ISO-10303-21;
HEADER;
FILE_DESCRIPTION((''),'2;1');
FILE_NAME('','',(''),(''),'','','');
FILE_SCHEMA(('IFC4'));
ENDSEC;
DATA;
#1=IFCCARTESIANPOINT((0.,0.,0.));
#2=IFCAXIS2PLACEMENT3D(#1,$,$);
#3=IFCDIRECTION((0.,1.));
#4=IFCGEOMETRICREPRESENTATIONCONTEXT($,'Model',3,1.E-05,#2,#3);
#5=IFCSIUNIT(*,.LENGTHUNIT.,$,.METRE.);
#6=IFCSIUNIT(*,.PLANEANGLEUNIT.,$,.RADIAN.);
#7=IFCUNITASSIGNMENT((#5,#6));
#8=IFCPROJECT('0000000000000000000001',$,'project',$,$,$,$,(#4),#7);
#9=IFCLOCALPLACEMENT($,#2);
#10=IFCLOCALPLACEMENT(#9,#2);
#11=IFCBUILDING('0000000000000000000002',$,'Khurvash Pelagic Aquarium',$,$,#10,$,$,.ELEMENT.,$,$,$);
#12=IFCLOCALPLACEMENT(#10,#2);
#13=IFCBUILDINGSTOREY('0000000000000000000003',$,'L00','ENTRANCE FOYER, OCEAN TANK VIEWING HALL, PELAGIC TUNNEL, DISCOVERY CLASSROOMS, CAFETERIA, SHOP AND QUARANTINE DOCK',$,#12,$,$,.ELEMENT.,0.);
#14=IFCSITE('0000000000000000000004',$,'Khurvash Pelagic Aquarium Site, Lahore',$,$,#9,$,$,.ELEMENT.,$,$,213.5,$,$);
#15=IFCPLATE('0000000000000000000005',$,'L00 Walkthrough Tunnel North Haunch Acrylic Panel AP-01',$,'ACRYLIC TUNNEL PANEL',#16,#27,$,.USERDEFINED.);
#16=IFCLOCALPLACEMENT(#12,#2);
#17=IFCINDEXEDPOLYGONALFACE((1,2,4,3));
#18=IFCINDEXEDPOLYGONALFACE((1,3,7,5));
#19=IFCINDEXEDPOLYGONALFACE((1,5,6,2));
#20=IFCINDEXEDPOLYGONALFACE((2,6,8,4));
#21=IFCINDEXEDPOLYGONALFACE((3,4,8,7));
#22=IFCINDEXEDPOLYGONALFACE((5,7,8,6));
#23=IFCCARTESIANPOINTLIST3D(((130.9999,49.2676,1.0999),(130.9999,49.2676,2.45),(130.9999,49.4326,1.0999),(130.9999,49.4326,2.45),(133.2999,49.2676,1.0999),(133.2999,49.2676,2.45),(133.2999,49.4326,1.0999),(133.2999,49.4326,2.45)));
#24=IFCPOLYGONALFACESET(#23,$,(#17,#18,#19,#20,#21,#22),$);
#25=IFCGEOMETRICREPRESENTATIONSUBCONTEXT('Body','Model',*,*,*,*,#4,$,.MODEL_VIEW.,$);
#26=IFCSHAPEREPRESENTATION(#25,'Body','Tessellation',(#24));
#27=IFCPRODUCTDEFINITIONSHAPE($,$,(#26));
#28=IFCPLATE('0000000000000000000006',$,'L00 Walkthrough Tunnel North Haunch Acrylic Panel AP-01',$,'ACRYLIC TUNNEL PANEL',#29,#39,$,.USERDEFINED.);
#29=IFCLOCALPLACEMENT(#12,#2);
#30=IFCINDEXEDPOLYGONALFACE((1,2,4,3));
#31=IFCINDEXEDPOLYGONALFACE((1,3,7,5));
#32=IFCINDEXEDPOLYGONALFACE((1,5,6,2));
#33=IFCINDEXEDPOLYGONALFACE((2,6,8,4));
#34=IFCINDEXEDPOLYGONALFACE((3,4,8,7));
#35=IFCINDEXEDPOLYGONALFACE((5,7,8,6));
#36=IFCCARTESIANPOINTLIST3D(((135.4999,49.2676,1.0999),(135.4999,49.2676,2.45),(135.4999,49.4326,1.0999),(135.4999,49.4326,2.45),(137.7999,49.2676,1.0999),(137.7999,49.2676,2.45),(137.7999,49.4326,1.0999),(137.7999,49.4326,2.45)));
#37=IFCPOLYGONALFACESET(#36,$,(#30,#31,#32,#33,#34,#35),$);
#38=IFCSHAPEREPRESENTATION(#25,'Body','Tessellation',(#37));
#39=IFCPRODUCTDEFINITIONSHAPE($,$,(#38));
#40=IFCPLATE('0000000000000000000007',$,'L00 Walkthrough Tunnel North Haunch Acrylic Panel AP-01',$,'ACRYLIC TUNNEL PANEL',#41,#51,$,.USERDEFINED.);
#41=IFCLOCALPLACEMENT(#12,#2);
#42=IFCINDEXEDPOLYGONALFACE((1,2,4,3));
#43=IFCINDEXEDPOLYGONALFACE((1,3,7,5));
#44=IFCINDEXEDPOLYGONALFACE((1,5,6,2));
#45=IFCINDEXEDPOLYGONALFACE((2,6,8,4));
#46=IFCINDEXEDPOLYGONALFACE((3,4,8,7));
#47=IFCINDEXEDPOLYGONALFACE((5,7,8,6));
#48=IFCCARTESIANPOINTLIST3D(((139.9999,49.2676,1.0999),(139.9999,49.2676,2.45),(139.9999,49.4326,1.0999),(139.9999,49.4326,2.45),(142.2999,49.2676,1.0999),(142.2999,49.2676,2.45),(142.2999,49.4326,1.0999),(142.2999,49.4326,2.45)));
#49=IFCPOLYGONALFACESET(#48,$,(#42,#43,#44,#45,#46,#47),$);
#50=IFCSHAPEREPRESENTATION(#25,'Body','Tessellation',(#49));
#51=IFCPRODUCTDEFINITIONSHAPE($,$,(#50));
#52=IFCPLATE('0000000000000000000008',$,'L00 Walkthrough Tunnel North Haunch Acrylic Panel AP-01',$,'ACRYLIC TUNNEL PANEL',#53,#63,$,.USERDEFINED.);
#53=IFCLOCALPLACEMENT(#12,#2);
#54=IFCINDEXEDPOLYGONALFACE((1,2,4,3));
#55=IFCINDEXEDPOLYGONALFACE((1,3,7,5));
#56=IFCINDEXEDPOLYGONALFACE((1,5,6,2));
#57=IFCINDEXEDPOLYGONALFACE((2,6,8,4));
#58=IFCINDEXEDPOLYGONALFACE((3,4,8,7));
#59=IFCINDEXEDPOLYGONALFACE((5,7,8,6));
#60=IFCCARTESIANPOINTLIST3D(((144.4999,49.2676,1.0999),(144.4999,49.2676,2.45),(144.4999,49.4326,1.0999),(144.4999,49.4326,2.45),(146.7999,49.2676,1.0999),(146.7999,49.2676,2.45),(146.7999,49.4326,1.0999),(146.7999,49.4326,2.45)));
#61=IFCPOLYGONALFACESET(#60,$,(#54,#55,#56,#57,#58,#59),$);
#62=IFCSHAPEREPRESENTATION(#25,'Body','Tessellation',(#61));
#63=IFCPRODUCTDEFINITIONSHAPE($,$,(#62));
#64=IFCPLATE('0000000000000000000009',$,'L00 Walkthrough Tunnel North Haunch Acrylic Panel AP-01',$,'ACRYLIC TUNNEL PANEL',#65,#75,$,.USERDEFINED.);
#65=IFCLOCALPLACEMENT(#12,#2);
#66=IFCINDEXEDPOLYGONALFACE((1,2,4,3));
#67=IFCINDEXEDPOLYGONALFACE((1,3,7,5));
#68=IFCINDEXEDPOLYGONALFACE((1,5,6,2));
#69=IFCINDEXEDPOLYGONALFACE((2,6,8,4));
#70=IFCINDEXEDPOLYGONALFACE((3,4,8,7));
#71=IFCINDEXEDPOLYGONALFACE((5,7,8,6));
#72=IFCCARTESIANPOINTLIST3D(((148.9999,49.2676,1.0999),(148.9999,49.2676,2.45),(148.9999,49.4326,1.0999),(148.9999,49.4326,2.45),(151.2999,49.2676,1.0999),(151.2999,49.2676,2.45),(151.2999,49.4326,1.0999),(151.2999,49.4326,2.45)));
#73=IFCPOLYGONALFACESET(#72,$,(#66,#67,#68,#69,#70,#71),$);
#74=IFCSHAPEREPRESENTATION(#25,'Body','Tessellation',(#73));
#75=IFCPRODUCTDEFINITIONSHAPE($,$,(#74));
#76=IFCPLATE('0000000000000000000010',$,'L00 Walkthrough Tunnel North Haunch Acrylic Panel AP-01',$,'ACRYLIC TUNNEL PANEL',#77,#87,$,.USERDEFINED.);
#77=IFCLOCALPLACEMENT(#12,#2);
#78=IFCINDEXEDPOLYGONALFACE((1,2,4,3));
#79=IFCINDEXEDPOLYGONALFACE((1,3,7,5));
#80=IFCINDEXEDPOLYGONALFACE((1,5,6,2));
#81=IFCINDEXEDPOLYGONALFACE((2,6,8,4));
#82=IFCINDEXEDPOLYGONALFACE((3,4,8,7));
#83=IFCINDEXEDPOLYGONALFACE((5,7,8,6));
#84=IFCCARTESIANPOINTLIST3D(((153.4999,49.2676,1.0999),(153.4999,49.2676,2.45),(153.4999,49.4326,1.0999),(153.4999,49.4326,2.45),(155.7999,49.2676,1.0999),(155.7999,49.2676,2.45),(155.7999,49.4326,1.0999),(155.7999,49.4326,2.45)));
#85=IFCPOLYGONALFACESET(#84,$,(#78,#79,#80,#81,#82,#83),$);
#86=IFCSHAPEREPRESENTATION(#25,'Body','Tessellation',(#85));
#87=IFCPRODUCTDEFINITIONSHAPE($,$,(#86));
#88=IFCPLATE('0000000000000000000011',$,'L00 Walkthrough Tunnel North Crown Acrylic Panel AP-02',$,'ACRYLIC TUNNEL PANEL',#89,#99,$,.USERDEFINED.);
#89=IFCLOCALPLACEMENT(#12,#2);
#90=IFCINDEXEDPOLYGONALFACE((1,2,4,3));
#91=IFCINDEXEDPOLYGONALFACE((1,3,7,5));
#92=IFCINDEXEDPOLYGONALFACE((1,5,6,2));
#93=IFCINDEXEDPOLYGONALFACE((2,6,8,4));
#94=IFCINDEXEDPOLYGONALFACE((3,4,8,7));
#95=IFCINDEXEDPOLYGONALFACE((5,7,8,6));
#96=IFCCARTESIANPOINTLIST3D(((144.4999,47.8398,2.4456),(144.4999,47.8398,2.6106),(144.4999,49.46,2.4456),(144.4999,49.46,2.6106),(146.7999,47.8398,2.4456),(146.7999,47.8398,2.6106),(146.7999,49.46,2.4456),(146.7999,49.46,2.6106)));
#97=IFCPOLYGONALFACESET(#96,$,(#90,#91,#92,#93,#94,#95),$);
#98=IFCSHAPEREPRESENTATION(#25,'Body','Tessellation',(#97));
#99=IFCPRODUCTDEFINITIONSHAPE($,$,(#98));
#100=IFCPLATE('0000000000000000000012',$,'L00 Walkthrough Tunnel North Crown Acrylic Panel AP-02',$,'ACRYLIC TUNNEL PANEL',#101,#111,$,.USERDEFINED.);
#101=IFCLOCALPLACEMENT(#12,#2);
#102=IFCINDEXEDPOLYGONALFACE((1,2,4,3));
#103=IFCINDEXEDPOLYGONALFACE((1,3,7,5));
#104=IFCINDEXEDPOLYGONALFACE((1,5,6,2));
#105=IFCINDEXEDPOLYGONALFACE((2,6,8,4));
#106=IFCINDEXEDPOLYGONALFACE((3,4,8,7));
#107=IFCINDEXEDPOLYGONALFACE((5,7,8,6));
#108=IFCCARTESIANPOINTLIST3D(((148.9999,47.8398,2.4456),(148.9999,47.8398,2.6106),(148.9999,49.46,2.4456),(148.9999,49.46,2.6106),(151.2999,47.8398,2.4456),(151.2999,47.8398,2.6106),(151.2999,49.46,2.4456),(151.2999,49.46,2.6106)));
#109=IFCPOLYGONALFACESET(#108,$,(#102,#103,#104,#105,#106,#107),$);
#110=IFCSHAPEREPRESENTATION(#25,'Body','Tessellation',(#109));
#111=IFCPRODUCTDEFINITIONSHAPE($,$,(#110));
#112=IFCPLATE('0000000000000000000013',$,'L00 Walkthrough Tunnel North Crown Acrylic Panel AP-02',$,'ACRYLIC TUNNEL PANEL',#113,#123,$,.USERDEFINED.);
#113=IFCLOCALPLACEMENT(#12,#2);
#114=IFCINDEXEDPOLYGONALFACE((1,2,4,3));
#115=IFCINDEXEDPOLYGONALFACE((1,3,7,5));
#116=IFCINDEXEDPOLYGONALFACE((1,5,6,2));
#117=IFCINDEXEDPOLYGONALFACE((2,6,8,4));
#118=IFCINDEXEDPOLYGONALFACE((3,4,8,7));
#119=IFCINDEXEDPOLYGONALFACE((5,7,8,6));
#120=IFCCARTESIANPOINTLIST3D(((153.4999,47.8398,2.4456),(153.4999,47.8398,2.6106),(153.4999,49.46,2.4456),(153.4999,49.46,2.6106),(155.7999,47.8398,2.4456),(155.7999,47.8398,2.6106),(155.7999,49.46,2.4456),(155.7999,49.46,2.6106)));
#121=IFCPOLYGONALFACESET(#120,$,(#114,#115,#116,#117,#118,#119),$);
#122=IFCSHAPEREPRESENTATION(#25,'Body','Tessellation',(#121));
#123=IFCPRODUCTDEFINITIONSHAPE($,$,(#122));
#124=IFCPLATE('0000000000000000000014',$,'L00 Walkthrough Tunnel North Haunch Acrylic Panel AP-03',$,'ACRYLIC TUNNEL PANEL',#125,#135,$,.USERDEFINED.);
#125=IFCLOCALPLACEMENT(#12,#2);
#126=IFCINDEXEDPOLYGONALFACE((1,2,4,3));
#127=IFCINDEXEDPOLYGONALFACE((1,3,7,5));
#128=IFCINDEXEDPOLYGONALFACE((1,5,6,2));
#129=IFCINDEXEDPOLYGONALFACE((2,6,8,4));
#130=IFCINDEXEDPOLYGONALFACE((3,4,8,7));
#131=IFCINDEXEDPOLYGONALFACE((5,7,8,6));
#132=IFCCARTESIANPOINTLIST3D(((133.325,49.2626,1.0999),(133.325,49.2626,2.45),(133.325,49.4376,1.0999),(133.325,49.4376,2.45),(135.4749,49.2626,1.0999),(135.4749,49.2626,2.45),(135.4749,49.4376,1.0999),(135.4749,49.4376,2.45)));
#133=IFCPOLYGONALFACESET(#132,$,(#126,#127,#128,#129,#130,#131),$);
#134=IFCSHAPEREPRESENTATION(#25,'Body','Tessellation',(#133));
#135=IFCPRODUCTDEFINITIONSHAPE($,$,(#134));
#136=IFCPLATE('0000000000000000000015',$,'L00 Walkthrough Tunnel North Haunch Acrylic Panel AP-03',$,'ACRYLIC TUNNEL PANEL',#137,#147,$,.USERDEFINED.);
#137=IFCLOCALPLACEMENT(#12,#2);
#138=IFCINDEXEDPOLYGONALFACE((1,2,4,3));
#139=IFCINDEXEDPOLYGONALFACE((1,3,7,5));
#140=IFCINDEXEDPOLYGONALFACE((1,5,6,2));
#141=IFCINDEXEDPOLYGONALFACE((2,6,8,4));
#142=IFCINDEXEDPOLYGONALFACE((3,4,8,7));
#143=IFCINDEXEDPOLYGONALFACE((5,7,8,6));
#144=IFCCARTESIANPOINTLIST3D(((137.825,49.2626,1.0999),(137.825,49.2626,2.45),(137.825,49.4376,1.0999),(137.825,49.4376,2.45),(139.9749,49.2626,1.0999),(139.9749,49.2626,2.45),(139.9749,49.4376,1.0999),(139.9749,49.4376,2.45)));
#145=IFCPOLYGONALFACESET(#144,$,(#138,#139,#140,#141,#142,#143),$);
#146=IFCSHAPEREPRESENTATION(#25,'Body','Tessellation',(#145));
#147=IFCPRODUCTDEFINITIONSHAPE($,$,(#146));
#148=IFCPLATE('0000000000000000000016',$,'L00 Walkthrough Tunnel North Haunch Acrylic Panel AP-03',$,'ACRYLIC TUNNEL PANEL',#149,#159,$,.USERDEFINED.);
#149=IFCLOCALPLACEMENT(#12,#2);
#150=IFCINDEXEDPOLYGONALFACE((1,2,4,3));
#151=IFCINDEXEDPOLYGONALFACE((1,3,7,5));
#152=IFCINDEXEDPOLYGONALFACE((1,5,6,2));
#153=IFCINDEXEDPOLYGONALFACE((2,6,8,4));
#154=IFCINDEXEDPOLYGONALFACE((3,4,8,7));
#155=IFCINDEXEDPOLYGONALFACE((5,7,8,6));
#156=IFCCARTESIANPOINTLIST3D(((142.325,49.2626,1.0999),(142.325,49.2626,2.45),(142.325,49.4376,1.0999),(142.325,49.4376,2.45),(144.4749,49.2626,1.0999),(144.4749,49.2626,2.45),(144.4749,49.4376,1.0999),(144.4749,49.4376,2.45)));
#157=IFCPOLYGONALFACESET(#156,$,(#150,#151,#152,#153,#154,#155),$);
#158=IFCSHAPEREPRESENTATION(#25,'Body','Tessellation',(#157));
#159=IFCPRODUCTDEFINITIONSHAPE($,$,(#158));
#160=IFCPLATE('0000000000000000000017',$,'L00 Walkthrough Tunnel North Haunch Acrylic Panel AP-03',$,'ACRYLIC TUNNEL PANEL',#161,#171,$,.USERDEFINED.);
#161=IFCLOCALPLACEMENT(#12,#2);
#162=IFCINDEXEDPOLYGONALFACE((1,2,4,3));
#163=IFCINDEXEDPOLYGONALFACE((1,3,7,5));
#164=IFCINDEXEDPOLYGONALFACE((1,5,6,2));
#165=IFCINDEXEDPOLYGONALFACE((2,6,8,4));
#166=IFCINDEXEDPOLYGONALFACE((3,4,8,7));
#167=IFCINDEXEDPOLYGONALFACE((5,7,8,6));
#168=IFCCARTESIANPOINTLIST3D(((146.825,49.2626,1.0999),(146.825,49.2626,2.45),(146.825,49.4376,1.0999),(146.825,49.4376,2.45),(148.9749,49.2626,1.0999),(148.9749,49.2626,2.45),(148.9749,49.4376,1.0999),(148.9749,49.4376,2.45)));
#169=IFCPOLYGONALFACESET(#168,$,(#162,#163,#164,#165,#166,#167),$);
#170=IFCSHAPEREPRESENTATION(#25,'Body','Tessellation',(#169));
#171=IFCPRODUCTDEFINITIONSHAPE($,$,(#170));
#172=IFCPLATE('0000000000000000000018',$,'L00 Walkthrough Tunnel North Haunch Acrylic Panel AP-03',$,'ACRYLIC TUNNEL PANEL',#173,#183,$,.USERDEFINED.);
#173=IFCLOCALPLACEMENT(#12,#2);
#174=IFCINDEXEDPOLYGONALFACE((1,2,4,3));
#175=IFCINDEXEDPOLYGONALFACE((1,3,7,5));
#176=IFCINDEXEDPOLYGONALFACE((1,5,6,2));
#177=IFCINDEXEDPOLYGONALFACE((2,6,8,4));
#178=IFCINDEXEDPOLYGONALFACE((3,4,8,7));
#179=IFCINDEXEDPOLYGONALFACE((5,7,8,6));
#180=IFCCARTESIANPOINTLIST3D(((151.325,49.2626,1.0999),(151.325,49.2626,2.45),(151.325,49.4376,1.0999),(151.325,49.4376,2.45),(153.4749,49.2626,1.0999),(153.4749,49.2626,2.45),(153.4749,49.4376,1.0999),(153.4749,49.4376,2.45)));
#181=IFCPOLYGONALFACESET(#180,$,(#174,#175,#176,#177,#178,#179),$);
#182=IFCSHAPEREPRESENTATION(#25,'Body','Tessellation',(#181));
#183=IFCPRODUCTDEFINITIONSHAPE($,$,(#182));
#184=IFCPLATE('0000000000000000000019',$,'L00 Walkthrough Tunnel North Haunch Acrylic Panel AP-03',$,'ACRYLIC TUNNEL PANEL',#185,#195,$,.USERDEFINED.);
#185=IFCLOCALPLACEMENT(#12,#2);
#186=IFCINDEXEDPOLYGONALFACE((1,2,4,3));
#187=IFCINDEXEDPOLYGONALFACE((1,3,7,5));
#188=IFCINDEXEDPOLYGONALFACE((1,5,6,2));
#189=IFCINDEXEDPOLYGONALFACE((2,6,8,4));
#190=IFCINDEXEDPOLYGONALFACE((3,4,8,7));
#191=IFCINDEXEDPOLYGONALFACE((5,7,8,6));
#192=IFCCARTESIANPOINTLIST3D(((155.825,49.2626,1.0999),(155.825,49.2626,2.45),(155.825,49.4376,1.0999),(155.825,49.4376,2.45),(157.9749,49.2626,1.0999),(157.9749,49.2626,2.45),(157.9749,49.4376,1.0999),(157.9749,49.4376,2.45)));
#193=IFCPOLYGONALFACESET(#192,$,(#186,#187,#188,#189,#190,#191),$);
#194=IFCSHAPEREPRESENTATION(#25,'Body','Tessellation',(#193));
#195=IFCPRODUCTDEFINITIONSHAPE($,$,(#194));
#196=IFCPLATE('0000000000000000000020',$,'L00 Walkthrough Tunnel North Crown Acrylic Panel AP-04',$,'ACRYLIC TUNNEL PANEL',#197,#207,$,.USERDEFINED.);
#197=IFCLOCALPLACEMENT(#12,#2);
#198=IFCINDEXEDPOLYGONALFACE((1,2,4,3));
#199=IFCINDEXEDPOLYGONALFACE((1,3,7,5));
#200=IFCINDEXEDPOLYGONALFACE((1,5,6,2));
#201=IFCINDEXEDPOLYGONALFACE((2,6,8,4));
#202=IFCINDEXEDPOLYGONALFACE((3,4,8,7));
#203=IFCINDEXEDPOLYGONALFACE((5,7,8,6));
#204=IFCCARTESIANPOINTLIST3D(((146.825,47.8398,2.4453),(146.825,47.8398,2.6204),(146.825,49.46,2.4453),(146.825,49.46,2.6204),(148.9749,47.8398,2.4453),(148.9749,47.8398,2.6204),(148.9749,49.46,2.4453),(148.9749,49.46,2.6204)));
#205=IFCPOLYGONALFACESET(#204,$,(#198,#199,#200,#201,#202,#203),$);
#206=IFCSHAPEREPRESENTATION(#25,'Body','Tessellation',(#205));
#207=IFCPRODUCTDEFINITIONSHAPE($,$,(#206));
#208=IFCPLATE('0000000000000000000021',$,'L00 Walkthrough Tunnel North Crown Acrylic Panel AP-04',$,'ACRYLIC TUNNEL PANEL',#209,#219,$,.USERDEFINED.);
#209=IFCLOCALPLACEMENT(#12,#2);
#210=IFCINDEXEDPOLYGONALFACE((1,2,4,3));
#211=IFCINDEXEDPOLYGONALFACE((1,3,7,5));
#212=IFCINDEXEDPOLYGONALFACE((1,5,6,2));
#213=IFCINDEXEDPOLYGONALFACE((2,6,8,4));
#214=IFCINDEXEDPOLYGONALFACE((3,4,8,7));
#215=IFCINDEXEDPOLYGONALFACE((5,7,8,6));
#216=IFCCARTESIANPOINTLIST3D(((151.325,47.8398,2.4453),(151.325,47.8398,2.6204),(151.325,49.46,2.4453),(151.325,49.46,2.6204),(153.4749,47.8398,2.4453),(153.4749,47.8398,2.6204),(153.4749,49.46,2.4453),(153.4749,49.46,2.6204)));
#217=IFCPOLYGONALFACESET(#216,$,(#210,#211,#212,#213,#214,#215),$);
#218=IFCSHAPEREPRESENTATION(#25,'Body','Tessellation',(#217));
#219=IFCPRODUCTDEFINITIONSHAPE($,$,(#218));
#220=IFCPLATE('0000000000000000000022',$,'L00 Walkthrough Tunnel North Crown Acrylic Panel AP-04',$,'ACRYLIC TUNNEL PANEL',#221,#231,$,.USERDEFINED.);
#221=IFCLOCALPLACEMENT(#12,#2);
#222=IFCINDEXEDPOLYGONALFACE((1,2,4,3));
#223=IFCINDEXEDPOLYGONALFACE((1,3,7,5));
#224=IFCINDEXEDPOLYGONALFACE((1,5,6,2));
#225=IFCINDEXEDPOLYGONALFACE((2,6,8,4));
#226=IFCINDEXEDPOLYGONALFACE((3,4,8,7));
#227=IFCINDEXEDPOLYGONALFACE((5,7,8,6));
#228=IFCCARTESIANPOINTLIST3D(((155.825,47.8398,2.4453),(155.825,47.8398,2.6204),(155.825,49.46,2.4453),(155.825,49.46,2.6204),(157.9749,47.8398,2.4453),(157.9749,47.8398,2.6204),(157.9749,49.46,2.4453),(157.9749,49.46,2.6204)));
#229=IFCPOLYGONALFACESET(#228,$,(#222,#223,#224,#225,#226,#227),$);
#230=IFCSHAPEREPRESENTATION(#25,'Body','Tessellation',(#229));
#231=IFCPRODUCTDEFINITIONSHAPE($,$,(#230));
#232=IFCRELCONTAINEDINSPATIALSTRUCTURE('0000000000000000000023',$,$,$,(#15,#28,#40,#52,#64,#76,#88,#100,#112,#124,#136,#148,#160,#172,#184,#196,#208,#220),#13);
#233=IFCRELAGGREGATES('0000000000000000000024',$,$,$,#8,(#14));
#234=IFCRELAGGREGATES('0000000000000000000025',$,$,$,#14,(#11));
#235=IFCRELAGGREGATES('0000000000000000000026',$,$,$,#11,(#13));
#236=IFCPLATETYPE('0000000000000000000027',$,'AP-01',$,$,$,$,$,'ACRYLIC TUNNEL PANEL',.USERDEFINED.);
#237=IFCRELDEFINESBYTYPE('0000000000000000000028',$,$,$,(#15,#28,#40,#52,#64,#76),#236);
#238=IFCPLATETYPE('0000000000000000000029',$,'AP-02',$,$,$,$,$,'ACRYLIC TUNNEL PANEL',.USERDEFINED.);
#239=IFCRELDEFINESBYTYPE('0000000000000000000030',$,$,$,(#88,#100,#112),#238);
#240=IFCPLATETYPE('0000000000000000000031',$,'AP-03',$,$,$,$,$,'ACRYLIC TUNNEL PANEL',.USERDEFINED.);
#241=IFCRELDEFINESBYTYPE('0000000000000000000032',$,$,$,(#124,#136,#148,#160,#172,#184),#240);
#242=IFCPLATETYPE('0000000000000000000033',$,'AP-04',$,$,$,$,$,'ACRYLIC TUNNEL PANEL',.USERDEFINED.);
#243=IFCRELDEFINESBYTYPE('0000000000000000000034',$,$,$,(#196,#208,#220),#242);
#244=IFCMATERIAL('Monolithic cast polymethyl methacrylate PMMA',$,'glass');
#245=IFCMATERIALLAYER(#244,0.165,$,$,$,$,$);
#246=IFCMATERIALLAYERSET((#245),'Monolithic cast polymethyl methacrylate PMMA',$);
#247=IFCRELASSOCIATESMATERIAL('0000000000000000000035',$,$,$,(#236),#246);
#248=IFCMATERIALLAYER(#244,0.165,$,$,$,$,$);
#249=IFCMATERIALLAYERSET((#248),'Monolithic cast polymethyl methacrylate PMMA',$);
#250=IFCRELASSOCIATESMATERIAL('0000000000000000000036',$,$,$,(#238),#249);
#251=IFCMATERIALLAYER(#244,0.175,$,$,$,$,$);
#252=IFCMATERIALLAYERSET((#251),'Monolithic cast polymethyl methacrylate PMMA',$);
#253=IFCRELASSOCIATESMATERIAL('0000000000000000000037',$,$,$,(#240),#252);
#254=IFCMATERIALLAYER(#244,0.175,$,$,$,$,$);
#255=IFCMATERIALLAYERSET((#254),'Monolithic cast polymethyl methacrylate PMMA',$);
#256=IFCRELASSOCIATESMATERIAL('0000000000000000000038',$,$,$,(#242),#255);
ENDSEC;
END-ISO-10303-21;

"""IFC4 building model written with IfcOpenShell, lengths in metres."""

from ifc_helpers import new_model, si_unit, direction, frame, origin, origin_2d, place, context, subcontext, project, spatial, rectangle, extrude, material, layer, layer_set, type_object, element, save


model = new_model("IFC4")

# Units and contexts
model_context = context("Model", 3, precision=1e-05, world=origin(), true_north=direction((0.0, 1.0)))
body_context = subcontext(model_context, "Body", "Model", "MODEL_VIEW")
ifc_project = project(units=[si_unit("LENGTHUNIT", "METRE"), si_unit("PLANEANGLEUNIT", "RADIAN")], contexts=[model_context])

# Site, building, storey
site_placement = place(None, origin())
site = spatial("IfcSite", under=ifc_project, at=site_placement, Name="Khurvash Pelagic Aquarium Site, Lahore", CompositionType="ELEMENT", RefElevation=213.5)
building_placement = place(site_placement, origin())
building = spatial("IfcBuilding", under=site, at=building_placement, Name="Khurvash Pelagic Aquarium", CompositionType="ELEMENT")
storey_placement = place(building_placement, origin())
storey = spatial("IfcBuildingStorey", under=building, at=storey_placement, Name="L00", Description="ENTRANCE FOYER, OCEAN TANK VIEWING HALL, PELAGIC TUNNEL, DISCOVERY CLASSROOMS, CAFETERIA, SHOP AND QUARANTINE DOCK", CompositionType="ELEMENT", Elevation=0.0)

# Plates
ifc_material = material(Name="Monolithic cast polymethyl methacrylate PMMA", Category="glass")
ifc_layer_1 = layer(ifc_material, 0.165)
ifc_layer_set_1 = layer_set([ifc_layer_1], Name="Monolithic cast polymethyl methacrylate PMMA")
plate_type_1 = type_object("IfcPlateType", Name="AP-01", ElementType="ACRYLIC TUNNEL PANEL", PredefinedType="USERDEFINED", material=ifc_layer_set_1)
for number, where, z_axis, x_axis, name in (
    (1, (132.1499, 49.3501, 1.0999), (0.0, 0.0, 1.0), (1.0, 0.0, 0.0), "L00 Walkthrough Tunnel North Haunch Acrylic Panel AP-01"),
    (2, (136.6499, 49.3501, 1.0999), (0.0, 0.0, 1.0), (1.0, 0.0, 0.0), "L00 Walkthrough Tunnel North Haunch Acrylic Panel AP-01"),
    (3, (141.1499, 49.3501, 1.0999), (0.0, 0.0, 1.0), (1.0, 0.0, 0.0), "L00 Walkthrough Tunnel North Haunch Acrylic Panel AP-01"),
    (4, (145.6499, 49.3501, 1.0999), (0.0, 0.0, 1.0), (1.0, 0.0, 0.0), "L00 Walkthrough Tunnel North Haunch Acrylic Panel AP-01"),
    (5, (150.1499, 49.3501, 1.0999), (0.0, 0.0, 1.0), (1.0, 0.0, 0.0), "L00 Walkthrough Tunnel North Haunch Acrylic Panel AP-01"),
    (6, (154.6499, 49.3501, 1.0999), (0.0, 0.0, 1.0), (1.0, 0.0, 0.0), "L00 Walkthrough Tunnel North Haunch Acrylic Panel AP-01"),
):
    element("IfcPlate", number, at=place(storey_placement, frame(where, z_axis=z_axis, x_axis=x_axis)), inside=storey, type_object=plate_type_1, Name=name, ObjectType="ACRYLIC TUNNEL PANEL", PredefinedType="USERDEFINED", context=body_context, shape_type="SweptSolid", body=[
        extrude(rectangle(XDim=2.3, YDim=0.165, at=origin_2d()), origin(), (0.0, 0.0, 1.0), 1.3501),
    ])
ifc_layer_2 = layer(ifc_material, 0.165)
ifc_layer_set_2 = layer_set([ifc_layer_2], Name="Monolithic cast polymethyl methacrylate PMMA")
plate_type_2 = type_object("IfcPlateType", Name="AP-02", ElementType="ACRYLIC TUNNEL PANEL", PredefinedType="USERDEFINED", material=ifc_layer_set_2)
for number, where, z_axis, x_axis, name in (
    (7, (145.6499, 48.6499, 2.4456), (0.0, 0.0, 1.0), (1.0, 0.0, 0.0), "L00 Walkthrough Tunnel North Crown Acrylic Panel AP-02"),
    (8, (150.1499, 48.6499, 2.4456), (0.0, 0.0, 1.0), (1.0, 0.0, 0.0), "L00 Walkthrough Tunnel North Crown Acrylic Panel AP-02"),
    (9, (154.6499, 48.6499, 2.4456), (0.0, 0.0, 1.0), (1.0, 0.0, 0.0), "L00 Walkthrough Tunnel North Crown Acrylic Panel AP-02"),
):
    element("IfcPlate", number, at=place(storey_placement, frame(where, z_axis=z_axis, x_axis=x_axis)), inside=storey, type_object=plate_type_2, Name=name, ObjectType="ACRYLIC TUNNEL PANEL", PredefinedType="USERDEFINED", context=body_context, shape_type="SweptSolid", body=[
        extrude(rectangle(XDim=2.3, YDim=1.6201, at=origin_2d()), origin(), (0.0, 0.0, 1.0), 0.165),
    ])
ifc_layer_3 = layer(ifc_material, 0.175)
ifc_layer_set_3 = layer_set([ifc_layer_3], Name="Monolithic cast polymethyl methacrylate PMMA")
plate_type_3 = type_object("IfcPlateType", Name="AP-03", ElementType="ACRYLIC TUNNEL PANEL", PredefinedType="USERDEFINED", material=ifc_layer_set_3)
for number, where, z_axis, x_axis, name in (
    (10, (134.3999, 49.3501, 1.0999), (0.0, 0.0, 1.0), (1.0, 0.0, 0.0), "L00 Walkthrough Tunnel North Haunch Acrylic Panel AP-03"),
    (11, (138.8999, 49.3501, 1.0999), (0.0, 0.0, 1.0), (1.0, 0.0, 0.0), "L00 Walkthrough Tunnel North Haunch Acrylic Panel AP-03"),
    (12, (143.3999, 49.3501, 1.0999), (0.0, 0.0, 1.0), (1.0, 0.0, 0.0), "L00 Walkthrough Tunnel North Haunch Acrylic Panel AP-03"),
    (13, (147.8999, 49.3501, 1.0999), (0.0, 0.0, 1.0), (1.0, 0.0, 0.0), "L00 Walkthrough Tunnel North Haunch Acrylic Panel AP-03"),
    (14, (152.3999, 49.3501, 1.0999), (0.0, 0.0, 1.0), (1.0, 0.0, 0.0), "L00 Walkthrough Tunnel North Haunch Acrylic Panel AP-03"),
    (15, (156.8999, 49.3501, 1.0999), (0.0, 0.0, 1.0), (1.0, 0.0, 0.0), "L00 Walkthrough Tunnel North Haunch Acrylic Panel AP-03"),
):
    element("IfcPlate", number, at=place(storey_placement, frame(where, z_axis=z_axis, x_axis=x_axis)), inside=storey, type_object=plate_type_3, Name=name, ObjectType="ACRYLIC TUNNEL PANEL", PredefinedType="USERDEFINED", context=body_context, shape_type="SweptSolid", body=[
        extrude(rectangle(XDim=2.1499, YDim=0.175, at=origin_2d()), origin(), (0.0, 0.0, 1.0), 1.3501),
    ])
ifc_layer_4 = layer(ifc_material, 0.175)
ifc_layer_set_4 = layer_set([ifc_layer_4], Name="Monolithic cast polymethyl methacrylate PMMA")
plate_type_4 = type_object("IfcPlateType", Name="AP-04", ElementType="ACRYLIC TUNNEL PANEL", PredefinedType="USERDEFINED", material=ifc_layer_set_4)
for number, where, z_axis, x_axis, name in (
    (16, (147.8999, 48.6499, 2.4453), (0.0, 0.0, 1.0), (1.0, 0.0, 0.0), "L00 Walkthrough Tunnel North Crown Acrylic Panel AP-04"),
    (17, (152.3999, 48.6499, 2.4453), (0.0, 0.0, 1.0), (1.0, 0.0, 0.0), "L00 Walkthrough Tunnel North Crown Acrylic Panel AP-04"),
    (18, (156.8999, 48.6499, 2.4453), (0.0, 0.0, 1.0), (1.0, 0.0, 0.0), "L00 Walkthrough Tunnel North Crown Acrylic Panel AP-04"),
):
    element("IfcPlate", number, at=place(storey_placement, frame(where, z_axis=z_axis, x_axis=x_axis)), inside=storey, type_object=plate_type_4, Name=name, ObjectType="ACRYLIC TUNNEL PANEL", PredefinedType="USERDEFINED", context=body_context, shape_type="SweptSolid", body=[
        extrude(rectangle(XDim=2.1499, YDim=1.6201, at=origin_2d()), origin(), (0.0, 0.0, 1.0), 0.175),
    ])

save(model, "model.ifc")
